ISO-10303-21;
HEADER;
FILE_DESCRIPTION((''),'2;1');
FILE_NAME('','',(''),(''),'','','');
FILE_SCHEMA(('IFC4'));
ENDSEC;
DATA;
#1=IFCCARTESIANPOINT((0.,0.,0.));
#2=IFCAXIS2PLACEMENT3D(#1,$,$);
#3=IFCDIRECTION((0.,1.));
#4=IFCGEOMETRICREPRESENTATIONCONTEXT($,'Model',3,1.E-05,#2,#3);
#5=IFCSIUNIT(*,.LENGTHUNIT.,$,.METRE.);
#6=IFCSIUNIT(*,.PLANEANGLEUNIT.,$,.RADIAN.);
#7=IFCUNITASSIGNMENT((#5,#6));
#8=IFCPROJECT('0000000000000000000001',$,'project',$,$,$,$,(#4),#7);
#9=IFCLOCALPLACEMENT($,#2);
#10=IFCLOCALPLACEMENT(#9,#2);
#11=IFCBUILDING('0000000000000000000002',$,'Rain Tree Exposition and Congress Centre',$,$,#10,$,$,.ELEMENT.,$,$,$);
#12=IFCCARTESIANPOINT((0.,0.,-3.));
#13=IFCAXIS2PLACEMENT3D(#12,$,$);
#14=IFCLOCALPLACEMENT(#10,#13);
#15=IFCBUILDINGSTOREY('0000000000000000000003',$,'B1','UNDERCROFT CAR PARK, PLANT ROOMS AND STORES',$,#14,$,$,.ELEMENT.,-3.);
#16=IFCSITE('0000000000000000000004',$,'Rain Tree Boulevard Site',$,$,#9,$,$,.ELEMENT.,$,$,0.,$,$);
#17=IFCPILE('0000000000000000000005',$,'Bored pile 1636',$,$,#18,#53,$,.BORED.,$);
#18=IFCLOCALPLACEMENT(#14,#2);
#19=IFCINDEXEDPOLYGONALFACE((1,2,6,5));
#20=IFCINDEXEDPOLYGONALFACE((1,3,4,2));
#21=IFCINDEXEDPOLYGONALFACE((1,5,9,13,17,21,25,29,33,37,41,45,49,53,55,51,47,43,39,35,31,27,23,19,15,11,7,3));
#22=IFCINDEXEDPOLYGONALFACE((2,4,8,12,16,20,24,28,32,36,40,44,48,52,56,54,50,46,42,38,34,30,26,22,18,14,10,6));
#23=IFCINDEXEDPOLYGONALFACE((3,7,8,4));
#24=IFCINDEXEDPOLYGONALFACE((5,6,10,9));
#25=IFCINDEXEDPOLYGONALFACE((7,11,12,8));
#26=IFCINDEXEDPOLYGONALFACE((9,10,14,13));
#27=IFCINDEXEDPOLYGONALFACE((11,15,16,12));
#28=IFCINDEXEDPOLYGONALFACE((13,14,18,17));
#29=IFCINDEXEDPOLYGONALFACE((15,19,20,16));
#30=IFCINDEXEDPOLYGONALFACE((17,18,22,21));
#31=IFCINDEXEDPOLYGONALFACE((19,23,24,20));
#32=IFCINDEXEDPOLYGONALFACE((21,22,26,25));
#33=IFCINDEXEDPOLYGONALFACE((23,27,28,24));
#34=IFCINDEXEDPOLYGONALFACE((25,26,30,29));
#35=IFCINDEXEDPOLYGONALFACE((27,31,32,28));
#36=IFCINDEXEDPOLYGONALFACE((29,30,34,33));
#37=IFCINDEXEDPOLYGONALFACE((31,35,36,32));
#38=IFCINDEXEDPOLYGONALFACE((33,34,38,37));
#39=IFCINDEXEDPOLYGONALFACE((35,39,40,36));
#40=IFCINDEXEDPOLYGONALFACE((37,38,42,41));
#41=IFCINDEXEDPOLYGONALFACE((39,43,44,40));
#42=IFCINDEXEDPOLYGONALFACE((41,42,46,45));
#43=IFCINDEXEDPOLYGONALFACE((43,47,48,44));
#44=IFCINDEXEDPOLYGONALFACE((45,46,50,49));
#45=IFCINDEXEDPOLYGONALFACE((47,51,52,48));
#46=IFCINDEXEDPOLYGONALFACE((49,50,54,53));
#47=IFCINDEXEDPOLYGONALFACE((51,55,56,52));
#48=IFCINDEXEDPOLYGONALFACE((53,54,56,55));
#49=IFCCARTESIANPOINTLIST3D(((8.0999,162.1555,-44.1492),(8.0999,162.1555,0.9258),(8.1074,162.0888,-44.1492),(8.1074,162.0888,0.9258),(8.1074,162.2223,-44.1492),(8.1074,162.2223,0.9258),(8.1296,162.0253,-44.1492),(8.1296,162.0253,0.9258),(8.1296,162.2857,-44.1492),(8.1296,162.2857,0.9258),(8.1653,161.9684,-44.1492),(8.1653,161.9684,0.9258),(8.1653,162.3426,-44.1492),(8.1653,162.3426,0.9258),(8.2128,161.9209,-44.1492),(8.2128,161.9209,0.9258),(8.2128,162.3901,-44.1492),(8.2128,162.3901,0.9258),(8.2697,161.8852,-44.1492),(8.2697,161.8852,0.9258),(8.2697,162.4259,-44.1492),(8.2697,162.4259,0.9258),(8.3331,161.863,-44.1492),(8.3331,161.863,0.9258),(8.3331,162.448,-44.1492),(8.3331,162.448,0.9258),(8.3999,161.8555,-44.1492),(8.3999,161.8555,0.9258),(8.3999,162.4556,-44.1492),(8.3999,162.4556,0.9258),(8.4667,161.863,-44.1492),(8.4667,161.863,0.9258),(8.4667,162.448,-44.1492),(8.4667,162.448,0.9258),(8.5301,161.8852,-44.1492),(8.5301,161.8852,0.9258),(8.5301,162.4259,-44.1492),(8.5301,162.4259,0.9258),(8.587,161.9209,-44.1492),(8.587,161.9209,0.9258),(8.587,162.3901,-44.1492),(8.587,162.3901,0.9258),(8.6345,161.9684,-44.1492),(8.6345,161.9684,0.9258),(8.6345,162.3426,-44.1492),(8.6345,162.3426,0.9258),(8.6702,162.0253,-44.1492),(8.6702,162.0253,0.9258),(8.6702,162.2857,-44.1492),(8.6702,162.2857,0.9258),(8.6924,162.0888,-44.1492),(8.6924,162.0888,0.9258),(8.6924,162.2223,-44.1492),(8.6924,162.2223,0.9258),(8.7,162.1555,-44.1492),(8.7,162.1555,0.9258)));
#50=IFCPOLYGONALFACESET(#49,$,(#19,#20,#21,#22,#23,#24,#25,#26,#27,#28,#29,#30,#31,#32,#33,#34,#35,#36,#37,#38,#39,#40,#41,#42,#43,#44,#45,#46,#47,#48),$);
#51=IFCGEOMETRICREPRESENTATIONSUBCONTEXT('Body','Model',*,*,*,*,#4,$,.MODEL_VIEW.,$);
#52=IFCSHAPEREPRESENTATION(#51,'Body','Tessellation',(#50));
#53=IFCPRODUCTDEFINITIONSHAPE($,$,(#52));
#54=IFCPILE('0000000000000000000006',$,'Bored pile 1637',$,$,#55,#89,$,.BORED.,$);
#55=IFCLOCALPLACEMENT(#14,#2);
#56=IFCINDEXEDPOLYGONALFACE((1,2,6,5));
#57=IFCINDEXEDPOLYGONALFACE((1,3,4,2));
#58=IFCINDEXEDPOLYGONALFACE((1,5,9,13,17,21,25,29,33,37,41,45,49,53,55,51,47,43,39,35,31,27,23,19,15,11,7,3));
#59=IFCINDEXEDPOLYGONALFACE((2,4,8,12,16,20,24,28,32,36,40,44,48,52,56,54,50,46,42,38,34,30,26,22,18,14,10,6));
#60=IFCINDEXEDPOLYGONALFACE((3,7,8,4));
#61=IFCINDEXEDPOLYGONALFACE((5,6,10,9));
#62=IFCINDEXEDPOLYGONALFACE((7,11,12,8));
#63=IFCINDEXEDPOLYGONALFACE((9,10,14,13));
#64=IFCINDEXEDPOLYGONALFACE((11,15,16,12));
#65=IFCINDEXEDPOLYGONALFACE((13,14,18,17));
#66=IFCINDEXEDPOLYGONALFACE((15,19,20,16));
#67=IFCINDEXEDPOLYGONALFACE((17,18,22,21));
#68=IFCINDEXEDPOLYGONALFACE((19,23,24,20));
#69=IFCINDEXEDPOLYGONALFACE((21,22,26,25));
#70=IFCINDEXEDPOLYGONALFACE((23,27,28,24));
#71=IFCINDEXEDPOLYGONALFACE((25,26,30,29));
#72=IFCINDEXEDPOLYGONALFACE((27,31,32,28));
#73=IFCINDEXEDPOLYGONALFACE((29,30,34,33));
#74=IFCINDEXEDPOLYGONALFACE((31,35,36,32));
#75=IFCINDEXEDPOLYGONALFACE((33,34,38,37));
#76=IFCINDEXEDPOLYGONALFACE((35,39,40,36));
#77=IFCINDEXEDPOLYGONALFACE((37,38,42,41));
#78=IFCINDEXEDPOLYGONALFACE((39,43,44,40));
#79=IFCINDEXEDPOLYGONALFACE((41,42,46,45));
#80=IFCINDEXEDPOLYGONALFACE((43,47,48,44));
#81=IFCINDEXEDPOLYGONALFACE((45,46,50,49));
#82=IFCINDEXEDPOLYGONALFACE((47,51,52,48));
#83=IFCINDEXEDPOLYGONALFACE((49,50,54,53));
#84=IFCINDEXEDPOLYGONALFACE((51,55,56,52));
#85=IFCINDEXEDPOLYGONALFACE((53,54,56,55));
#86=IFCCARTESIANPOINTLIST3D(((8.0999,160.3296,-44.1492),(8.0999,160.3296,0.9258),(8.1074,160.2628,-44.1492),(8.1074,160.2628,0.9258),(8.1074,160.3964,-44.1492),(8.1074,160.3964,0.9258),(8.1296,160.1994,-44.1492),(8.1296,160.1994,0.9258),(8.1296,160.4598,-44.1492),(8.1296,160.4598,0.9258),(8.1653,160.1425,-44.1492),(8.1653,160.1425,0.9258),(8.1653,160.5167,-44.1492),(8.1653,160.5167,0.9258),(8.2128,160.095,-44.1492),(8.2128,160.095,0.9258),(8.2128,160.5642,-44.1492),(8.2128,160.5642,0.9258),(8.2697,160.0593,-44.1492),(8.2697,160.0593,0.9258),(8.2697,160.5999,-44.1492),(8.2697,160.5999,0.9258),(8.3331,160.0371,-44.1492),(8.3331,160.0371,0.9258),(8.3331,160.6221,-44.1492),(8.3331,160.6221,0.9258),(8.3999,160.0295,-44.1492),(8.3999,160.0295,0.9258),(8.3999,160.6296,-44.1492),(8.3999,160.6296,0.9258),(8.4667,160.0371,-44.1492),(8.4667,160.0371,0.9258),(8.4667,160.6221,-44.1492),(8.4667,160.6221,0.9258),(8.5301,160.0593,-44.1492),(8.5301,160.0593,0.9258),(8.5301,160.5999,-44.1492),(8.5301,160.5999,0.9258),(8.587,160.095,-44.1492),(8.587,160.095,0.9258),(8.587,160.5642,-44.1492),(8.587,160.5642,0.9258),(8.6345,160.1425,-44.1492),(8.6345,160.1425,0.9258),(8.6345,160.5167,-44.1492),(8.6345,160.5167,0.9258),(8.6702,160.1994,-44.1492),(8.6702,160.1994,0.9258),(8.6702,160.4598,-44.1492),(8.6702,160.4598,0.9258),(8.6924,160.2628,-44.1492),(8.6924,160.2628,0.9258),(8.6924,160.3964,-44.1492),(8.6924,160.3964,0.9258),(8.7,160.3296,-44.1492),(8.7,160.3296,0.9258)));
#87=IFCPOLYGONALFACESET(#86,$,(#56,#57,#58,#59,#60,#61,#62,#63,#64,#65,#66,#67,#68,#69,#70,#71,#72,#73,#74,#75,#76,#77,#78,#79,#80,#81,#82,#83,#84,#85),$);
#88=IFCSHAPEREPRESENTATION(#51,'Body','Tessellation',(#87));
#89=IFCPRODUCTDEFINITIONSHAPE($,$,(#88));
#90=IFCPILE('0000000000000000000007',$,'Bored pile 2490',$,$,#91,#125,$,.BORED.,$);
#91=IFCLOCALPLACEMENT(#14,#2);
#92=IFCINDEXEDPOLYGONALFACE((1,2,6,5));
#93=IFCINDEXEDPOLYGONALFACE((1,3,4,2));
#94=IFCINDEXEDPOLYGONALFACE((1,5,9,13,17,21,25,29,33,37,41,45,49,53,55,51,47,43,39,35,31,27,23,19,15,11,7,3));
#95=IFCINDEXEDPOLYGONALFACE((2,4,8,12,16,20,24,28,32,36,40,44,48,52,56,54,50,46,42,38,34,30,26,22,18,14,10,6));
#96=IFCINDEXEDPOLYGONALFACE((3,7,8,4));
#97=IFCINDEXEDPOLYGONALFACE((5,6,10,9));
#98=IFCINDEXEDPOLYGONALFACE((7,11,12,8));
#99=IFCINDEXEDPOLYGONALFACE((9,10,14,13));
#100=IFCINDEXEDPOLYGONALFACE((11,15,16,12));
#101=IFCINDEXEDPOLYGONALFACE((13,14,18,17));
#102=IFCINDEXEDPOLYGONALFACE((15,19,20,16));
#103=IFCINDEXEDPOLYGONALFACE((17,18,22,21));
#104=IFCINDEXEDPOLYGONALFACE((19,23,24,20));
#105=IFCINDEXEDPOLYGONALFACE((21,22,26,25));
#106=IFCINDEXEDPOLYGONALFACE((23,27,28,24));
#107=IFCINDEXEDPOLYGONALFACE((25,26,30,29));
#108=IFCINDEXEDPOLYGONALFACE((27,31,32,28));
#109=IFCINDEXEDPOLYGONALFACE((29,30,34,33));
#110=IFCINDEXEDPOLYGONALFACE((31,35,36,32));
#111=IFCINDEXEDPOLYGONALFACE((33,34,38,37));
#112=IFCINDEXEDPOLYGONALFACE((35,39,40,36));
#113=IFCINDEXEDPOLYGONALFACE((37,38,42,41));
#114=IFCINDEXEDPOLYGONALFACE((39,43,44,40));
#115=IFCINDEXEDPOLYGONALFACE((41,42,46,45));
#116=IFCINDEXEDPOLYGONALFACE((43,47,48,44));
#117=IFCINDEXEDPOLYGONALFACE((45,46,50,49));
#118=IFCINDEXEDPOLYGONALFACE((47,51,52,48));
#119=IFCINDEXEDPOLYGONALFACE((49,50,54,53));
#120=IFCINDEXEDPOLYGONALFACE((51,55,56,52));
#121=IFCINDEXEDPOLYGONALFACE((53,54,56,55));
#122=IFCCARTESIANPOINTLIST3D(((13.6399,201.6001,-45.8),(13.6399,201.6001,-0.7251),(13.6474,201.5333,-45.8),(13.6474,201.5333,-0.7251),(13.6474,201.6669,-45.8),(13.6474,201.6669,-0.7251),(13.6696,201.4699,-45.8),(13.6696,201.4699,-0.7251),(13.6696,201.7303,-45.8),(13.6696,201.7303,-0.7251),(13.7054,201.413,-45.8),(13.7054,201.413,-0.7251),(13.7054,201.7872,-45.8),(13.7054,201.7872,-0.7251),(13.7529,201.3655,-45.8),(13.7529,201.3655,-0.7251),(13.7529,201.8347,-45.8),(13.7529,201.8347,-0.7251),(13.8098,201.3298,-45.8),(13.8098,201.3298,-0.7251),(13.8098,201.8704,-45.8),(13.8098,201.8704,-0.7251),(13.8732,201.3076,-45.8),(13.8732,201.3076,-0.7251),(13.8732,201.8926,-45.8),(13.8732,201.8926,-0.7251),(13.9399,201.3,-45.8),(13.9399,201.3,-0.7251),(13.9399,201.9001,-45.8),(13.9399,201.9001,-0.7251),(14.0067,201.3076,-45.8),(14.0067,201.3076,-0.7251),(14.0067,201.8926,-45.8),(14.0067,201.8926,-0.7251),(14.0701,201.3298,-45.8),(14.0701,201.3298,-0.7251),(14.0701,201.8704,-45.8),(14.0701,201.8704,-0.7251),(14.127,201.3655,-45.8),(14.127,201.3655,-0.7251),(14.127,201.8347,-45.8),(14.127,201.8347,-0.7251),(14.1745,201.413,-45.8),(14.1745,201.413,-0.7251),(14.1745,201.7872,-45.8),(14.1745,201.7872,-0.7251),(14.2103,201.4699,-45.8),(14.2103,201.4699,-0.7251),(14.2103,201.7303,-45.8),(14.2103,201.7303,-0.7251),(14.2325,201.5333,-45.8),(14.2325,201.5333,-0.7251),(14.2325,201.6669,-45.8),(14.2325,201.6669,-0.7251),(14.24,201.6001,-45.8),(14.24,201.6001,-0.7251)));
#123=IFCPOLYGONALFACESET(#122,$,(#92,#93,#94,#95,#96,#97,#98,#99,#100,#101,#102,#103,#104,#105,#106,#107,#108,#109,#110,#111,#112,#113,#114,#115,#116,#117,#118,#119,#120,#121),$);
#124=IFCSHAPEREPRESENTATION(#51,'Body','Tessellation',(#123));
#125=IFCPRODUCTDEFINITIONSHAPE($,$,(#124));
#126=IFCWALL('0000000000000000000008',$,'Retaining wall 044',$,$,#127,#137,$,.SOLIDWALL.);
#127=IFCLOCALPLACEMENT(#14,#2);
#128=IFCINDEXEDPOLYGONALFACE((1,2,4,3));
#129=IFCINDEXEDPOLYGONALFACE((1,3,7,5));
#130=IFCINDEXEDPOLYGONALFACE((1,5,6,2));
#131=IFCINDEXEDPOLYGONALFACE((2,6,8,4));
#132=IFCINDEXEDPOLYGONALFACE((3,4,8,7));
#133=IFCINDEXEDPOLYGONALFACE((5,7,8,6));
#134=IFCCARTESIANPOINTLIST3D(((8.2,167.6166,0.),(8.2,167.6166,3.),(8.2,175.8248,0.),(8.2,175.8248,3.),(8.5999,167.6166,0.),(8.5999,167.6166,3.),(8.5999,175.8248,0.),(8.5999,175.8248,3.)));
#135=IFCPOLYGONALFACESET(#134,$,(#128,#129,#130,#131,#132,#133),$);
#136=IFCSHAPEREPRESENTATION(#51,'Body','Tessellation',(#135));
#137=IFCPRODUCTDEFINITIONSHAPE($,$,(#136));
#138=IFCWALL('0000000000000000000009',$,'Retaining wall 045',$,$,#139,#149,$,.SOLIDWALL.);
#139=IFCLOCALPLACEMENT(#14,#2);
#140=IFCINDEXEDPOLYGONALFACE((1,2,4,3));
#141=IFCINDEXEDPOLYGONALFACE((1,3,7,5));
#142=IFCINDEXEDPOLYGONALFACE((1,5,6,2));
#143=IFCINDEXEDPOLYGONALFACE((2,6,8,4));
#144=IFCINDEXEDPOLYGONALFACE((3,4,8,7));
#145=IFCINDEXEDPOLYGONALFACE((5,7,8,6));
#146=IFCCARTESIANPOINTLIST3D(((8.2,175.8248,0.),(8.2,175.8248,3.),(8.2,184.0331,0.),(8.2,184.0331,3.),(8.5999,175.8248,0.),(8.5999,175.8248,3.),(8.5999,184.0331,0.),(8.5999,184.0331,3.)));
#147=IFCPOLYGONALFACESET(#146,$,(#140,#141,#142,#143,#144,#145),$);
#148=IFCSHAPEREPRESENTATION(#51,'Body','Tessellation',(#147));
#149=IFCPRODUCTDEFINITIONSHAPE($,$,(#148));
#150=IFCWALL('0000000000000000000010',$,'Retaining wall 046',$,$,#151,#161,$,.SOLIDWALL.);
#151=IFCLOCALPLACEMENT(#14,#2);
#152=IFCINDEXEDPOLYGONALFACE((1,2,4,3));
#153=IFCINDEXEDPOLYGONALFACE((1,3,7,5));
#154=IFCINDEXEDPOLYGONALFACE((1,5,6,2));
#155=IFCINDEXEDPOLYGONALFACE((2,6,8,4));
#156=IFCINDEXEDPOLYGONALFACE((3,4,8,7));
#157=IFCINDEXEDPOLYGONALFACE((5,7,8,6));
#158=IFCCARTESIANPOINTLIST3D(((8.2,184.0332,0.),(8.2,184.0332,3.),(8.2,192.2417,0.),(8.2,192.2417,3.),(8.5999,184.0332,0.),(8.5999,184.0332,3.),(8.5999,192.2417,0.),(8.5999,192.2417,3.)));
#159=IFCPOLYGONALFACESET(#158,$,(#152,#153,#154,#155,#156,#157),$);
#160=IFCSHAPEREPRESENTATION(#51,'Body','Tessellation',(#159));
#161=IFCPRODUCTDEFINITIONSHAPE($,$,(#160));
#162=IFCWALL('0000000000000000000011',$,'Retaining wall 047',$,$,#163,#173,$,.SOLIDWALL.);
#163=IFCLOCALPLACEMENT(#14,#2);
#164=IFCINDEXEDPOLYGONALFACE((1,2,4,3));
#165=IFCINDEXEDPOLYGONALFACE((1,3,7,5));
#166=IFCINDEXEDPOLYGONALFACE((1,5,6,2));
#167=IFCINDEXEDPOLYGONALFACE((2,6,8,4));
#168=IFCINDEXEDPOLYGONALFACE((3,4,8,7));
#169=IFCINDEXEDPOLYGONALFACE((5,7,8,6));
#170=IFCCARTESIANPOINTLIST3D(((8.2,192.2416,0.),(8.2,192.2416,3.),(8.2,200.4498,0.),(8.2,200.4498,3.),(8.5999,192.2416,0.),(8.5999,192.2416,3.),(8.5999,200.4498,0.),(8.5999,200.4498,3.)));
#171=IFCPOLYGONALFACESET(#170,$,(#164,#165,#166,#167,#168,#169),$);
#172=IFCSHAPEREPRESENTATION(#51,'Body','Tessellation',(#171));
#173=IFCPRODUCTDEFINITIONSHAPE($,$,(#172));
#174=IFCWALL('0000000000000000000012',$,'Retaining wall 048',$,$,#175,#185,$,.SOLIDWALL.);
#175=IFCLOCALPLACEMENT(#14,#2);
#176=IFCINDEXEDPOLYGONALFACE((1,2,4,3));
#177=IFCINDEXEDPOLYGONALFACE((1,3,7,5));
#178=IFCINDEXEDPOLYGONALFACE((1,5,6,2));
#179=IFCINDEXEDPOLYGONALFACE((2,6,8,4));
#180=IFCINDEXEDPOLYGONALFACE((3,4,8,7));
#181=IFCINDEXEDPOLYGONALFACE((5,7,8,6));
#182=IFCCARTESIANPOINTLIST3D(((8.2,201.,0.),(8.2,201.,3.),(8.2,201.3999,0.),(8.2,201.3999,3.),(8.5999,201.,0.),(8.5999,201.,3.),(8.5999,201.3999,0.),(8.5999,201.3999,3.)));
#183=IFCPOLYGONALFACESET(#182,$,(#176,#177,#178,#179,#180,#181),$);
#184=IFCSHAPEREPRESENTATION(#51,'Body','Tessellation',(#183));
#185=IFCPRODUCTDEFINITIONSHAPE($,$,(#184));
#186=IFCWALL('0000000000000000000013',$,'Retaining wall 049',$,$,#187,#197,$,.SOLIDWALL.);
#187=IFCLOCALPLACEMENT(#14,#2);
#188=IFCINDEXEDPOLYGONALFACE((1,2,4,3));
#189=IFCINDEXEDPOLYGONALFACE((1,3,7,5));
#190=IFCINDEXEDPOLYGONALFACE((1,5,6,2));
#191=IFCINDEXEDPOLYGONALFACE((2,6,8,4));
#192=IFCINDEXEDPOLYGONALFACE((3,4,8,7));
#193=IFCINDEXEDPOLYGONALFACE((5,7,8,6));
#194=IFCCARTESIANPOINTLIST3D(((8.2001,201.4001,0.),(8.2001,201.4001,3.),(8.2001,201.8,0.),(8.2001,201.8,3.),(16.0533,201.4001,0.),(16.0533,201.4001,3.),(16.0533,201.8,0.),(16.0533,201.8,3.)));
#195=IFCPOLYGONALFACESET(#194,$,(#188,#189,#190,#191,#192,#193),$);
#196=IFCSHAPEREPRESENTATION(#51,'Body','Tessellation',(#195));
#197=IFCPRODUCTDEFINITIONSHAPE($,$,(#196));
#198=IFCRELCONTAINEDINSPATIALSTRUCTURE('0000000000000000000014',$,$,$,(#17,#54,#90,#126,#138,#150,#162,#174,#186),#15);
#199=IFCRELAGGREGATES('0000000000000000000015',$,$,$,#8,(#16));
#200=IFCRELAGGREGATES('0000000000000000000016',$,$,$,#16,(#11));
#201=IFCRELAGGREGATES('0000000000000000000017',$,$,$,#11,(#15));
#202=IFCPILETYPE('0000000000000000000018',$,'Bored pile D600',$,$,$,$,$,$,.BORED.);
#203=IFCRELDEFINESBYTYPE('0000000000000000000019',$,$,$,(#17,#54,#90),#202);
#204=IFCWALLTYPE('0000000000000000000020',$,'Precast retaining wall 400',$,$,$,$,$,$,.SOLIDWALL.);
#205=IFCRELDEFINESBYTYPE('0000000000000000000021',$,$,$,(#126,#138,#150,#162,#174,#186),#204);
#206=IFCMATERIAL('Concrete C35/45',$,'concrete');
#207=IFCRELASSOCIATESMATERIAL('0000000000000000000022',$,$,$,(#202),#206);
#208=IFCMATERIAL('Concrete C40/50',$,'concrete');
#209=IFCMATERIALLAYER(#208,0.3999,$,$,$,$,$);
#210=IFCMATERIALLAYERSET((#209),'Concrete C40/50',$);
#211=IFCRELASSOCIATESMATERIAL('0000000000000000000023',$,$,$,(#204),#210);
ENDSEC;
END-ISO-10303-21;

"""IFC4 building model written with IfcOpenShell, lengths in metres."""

from ifc_helpers import new_model, si_unit, direction, frame, frame_2d, origin, origin_2d, place, context, subcontext, project, spatial, rectangle, circle, extrude, material, layer, layer_set, material_profile, profile_set, type_object, element, save


model = new_model("IFC4")

# Units and contexts
model_context = context("Model", 3, precision=1e-05, world=origin(), true_north=direction((0.0, 1.0)))
body_context = subcontext(model_context, "Body", "Model", "MODEL_VIEW")
ifc_project = project(units=[si_unit("LENGTHUNIT", "METRE"), si_unit("PLANEANGLEUNIT", "RADIAN")], contexts=[model_context])

# Site, building, storey
site_placement = place(None, origin())
site = spatial("IfcSite", under=ifc_project, at=site_placement, Name="Rain Tree Boulevard Site", CompositionType="ELEMENT", RefElevation=0.0)
building_placement = place(site_placement, origin())
building = spatial("IfcBuilding", under=site, at=building_placement, Name="Rain Tree Exposition and Congress Centre", CompositionType="ELEMENT")
storey_placement = place(building_placement, frame((0.0, 0.0, -3.0)))
storey = spatial("IfcBuildingStorey", under=building, at=storey_placement, Name="B1", Description="UNDERCROFT CAR PARK, PLANT ROOMS AND STORES", CompositionType="ELEMENT", Elevation=-3.0)

# Piles
ifc_material_1 = material(Name="Concrete C35/45", Category="concrete")
ifc_material_profile_1 = material_profile(ifc_material_1, circle(Radius=0.3, at=origin_2d()), Name="D600")
ifc_profile_set_1 = profile_set([ifc_material_profile_1], Name="Concrete C35/45")
pile_type_1 = type_object("IfcPileType", Name="Bored pile D600", PredefinedType="BORED", material=ifc_profile_set_1)
for number, where, z_axis, x_axis, name in (
    (1, (8.3999, 162.1555, 0.9258), (0.0, 0.0, -1.0), (1.0, 0.0, 0.0), "Bored pile 1636"),
    (2, (8.3999, 160.3296, 0.9258), (0.0, 0.0, -1.0), (1.0, 0.0, 0.0), "Bored pile 1637"),
    (3, (13.9399, 201.6001, -0.7251), (0.0, 0.0, -1.0), (1.0, 0.0, 0.0), "Bored pile 2490"),
):
    element("IfcPile", number, at=place(storey_placement, frame(where, z_axis=z_axis, x_axis=x_axis)), inside=storey, type_object=pile_type_1, Name=name, PredefinedType="BORED", context=body_context, shape_type="SweptSolid", body=[
        extrude(circle(Radius=0.3, at=origin_2d()), origin(), (0.0, 0.0, 1.0), 45.075),
    ])

# Walls
ifc_material_2 = material(Name="Concrete C40/50", Category="concrete")
ifc_layer = layer(ifc_material_2, 0.3999)
ifc_layer_set = layer_set([ifc_layer], Name="Concrete C40/50")
wall_type = type_object("IfcWallType", Name="Precast retaining wall 400", PredefinedType="SOLIDWALL", material=ifc_layer_set)
for number, where, z_axis, x_axis, name in (
    (4, (8.3999, 167.6167, 0.0), (0.0, 0.0, 1.0), (0.0, 1.0, 0.0), "Retaining wall 044"),
    (5, (8.3999, 175.825, 0.0), (0.0, 0.0, 1.0), (0.0, 1.0, 0.0), "Retaining wall 045"),
):
    element("IfcWall", number, at=place(storey_placement, frame(where, z_axis=z_axis, x_axis=x_axis)), inside=storey, type_object=wall_type, Name=name, PredefinedType="SOLIDWALL", context=body_context, shape_type="SweptSolid", body=[
        extrude(rectangle(XDim=8.2083, YDim=0.3999, at=frame_2d((4.104, 0.0))), origin(), (0.0, 0.0, 1.0), 3.0),
    ])
wall_1_placement = place(storey_placement, frame((8.3999, 184.0332, 0.0), z_axis=(0.0, 0.0, 1.0), x_axis=(0.0, 1.0, 0.0)))
element("IfcWall", 6, at=wall_1_placement, inside=storey, type_object=wall_type, Name="Retaining wall 046", PredefinedType="SOLIDWALL", context=body_context, shape_type="SweptSolid", body=[
    extrude(rectangle(XDim=8.2085, YDim=0.3999, at=frame_2d((4.1042, 0.0))), origin(), (0.0, 0.0, 1.0), 3.0),
])
wall_2_placement = place(storey_placement, frame((8.3999, 192.2417, 0.0), z_axis=(0.0, 0.0, 1.0), x_axis=(0.0, 1.0, 0.0)))
element("IfcWall", 7, at=wall_2_placement, inside=storey, type_object=wall_type, Name="Retaining wall 047", PredefinedType="SOLIDWALL", context=body_context, shape_type="SweptSolid", body=[
    extrude(rectangle(XDim=8.2083, YDim=0.3999, at=frame_2d((4.104, 0.0))), origin(), (0.0, 0.0, 1.0), 3.0),
])
wall_3_placement = place(storey_placement, frame((8.3999, 201.0, 0.0), z_axis=(0.0, 0.0, 1.0), x_axis=(0.0, 1.0, 0.0)))
element("IfcWall", 8, at=wall_3_placement, inside=storey, type_object=wall_type, Name="Retaining wall 048", PredefinedType="SOLIDWALL", context=body_context, shape_type="SweptSolid", body=[
    extrude(rectangle(XDim=0.3999, YDim=0.3999, at=frame_2d((0.2, 0.0))), origin(), (0.0, 0.0, 1.0), 3.0),
])
wall_4_placement = place(storey_placement, frame((8.2, 201.6001, 0.0), z_axis=(0.0, 0.0, 1.0), x_axis=(1.0, 0.0, 0.0)))
element("IfcWall", 9, at=wall_4_placement, inside=storey, type_object=wall_type, Name="Retaining wall 049", PredefinedType="SOLIDWALL", context=body_context, shape_type="SweptSolid", body=[
    extrude(rectangle(XDim=7.8533, YDim=0.3999, at=frame_2d((3.9268, 0.0))), origin(), (0.0, 0.0, 1.0), 3.0),
])

save(model, "model.ifc")
